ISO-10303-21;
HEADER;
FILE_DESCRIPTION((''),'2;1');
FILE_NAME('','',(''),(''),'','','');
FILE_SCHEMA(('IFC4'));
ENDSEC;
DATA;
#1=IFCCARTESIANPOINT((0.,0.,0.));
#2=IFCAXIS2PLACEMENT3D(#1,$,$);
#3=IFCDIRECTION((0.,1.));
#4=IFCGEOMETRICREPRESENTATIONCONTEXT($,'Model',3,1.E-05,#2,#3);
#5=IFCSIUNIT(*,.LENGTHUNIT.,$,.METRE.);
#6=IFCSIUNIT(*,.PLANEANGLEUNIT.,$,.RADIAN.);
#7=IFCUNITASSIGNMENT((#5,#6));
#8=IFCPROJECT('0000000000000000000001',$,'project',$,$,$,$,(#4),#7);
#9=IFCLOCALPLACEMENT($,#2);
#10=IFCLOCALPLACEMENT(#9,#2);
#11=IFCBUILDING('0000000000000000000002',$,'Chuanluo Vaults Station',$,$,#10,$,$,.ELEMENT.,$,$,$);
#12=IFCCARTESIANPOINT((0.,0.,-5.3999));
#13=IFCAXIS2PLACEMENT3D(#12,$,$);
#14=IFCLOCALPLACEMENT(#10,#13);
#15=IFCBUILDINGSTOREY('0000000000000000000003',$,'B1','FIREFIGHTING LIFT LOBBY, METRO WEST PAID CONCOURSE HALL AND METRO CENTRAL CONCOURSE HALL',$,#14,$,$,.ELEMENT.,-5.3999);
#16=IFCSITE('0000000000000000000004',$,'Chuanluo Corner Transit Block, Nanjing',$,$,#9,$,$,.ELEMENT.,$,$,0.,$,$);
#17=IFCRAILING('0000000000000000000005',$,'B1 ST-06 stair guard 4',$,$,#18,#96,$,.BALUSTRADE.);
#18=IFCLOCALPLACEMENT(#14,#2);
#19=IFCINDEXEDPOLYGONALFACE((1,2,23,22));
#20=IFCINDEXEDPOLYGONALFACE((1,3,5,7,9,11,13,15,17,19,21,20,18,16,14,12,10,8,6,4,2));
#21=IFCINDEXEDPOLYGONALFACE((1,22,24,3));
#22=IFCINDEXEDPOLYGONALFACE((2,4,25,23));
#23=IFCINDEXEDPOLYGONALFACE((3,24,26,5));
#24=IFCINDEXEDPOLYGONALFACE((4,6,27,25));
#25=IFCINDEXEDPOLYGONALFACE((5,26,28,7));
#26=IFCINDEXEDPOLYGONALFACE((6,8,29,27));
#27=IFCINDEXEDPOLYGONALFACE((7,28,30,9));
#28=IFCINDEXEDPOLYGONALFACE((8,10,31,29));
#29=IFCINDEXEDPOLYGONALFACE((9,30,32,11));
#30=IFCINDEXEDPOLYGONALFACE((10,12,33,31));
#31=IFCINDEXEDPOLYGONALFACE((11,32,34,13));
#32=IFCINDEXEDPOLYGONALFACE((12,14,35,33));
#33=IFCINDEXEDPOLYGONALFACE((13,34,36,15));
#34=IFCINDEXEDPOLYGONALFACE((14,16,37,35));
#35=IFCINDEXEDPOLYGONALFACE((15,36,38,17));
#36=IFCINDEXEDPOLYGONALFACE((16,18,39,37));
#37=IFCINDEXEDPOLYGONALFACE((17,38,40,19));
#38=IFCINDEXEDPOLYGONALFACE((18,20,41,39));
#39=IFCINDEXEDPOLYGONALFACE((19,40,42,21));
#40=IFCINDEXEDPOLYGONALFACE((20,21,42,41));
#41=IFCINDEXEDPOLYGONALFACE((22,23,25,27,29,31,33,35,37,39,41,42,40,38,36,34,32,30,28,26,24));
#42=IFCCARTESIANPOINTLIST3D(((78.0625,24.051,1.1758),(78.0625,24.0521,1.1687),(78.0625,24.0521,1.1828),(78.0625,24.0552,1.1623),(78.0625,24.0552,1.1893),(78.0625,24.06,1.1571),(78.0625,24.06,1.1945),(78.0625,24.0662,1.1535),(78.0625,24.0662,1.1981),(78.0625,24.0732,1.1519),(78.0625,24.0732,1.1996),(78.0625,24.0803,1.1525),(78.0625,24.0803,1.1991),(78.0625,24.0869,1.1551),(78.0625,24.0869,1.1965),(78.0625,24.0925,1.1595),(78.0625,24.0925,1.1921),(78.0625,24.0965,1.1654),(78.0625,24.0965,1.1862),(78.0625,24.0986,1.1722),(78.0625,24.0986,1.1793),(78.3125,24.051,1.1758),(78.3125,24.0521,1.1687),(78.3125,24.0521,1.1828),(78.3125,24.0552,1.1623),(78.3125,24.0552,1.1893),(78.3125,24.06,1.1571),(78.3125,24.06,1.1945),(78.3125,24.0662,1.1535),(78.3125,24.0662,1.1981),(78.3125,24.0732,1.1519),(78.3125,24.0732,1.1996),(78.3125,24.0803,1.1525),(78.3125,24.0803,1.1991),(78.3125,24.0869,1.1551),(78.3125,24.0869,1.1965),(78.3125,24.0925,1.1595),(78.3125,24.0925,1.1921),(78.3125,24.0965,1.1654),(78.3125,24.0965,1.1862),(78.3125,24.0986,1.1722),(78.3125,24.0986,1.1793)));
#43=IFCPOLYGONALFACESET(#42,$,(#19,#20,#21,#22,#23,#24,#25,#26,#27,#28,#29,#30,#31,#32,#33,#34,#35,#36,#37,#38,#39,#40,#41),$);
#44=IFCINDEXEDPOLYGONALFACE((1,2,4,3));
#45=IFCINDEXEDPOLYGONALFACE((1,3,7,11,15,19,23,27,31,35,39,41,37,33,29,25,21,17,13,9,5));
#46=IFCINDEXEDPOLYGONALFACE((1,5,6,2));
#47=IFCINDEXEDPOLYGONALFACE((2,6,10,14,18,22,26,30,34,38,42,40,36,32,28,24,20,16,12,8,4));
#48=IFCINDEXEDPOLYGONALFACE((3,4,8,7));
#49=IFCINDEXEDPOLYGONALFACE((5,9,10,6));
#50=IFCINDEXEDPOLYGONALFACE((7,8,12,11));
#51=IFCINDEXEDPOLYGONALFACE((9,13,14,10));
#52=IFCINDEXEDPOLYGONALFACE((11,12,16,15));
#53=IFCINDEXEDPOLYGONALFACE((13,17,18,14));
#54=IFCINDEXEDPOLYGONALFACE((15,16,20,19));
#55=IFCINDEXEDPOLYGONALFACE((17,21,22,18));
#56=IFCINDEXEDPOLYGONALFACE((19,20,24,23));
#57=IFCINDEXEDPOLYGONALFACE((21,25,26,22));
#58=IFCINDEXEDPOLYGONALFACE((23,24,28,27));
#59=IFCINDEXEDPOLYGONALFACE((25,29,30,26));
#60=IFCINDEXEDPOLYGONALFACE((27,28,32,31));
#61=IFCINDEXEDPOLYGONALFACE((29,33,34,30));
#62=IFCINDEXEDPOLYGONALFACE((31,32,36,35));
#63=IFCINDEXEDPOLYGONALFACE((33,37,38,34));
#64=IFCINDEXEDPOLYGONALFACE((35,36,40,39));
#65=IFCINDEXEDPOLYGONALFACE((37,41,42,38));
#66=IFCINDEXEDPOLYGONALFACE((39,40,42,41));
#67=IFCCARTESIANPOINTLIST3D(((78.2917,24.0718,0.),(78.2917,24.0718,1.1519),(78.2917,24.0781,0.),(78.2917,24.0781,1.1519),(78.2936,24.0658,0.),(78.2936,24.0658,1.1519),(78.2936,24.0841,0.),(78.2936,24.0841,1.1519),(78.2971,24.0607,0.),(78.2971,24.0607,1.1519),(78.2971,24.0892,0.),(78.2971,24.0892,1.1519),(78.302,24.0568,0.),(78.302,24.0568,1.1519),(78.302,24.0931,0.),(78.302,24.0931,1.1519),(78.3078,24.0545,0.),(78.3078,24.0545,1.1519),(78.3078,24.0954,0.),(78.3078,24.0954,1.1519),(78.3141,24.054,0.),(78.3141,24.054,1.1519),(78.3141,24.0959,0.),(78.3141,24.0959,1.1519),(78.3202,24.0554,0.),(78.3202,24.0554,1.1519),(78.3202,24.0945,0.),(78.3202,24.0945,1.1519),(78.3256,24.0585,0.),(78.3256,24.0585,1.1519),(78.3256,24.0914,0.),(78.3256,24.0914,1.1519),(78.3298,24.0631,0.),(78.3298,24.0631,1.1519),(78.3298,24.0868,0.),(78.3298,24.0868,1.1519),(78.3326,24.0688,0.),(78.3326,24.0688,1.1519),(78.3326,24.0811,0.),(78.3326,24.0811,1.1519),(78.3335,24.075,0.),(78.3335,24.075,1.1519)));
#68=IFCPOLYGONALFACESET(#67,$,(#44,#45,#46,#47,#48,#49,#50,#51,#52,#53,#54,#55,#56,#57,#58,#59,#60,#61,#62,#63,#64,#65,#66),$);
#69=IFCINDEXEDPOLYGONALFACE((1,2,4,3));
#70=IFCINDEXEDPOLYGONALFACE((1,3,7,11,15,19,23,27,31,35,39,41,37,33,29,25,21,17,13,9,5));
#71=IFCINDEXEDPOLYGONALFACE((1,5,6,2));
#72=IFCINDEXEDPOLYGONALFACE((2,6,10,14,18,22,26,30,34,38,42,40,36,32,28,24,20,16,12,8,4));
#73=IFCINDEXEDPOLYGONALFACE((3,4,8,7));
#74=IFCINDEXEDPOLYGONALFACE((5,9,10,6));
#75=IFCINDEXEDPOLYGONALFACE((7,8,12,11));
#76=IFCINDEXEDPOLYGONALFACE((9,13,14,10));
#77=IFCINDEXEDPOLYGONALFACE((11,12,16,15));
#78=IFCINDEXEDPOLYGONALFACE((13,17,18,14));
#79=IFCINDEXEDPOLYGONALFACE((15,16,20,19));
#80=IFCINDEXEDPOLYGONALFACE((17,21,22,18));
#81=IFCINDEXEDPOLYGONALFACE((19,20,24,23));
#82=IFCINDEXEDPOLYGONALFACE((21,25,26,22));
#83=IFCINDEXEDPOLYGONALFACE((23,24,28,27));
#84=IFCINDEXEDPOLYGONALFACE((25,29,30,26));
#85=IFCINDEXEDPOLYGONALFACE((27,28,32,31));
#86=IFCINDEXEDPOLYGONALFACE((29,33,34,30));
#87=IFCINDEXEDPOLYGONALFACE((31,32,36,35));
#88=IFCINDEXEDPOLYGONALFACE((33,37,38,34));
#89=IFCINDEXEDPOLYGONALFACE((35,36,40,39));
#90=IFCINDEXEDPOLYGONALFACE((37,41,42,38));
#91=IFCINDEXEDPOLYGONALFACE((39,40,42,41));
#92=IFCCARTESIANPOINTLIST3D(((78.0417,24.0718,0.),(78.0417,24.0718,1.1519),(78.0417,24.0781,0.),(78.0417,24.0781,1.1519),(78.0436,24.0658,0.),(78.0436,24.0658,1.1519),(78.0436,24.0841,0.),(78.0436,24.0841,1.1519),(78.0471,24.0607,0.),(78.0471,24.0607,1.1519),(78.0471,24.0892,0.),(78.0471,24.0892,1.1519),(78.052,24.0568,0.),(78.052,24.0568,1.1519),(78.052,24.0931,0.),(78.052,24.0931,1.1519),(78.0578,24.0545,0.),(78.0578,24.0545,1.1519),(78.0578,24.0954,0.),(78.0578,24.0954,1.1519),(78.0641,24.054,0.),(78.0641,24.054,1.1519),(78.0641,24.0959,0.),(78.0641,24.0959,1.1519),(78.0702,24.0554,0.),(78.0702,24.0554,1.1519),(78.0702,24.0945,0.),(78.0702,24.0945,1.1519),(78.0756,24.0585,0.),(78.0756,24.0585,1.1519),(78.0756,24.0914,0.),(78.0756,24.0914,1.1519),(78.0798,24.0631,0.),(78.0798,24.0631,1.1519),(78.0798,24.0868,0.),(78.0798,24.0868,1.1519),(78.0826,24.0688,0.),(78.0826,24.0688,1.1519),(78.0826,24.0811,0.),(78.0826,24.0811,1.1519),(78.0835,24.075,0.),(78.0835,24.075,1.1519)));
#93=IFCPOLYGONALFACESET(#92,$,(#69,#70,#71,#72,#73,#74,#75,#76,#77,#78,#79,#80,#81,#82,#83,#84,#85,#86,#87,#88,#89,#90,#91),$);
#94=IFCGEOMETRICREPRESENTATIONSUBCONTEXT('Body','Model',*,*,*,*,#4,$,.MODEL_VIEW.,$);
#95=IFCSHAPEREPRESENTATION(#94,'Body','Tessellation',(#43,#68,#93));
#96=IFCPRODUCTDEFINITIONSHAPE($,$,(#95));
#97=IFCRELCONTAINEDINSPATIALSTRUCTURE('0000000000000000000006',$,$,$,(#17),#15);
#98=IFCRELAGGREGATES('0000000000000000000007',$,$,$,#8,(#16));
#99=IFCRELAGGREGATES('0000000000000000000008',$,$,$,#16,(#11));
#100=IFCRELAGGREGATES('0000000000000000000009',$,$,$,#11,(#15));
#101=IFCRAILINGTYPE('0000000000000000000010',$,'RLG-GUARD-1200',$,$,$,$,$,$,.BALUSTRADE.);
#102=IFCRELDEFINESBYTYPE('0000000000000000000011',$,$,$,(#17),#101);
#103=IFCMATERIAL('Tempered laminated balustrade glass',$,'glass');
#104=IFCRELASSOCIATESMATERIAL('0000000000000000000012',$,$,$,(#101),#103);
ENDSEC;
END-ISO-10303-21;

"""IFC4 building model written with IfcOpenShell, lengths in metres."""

from ifc_helpers import new_model, si_unit, direction, frame, origin, origin_2d, place, context, subcontext, project, spatial, circle, extrude, material, type_object, element, save


model = new_model("IFC4")

# Units and contexts
model_context = context("Model", 3, precision=1e-05, world=origin(), true_north=direction((0.0, 1.0)))
body_context = subcontext(model_context, "Body", "Model", "MODEL_VIEW")
ifc_project = project(units=[si_unit("LENGTHUNIT", "METRE"), si_unit("PLANEANGLEUNIT", "RADIAN")], contexts=[model_context])

# Site, building, storey
site_placement = place(None, origin())
site = spatial("IfcSite", under=ifc_project, at=site_placement, Name="Chuanluo Corner Transit Block, Nanjing", CompositionType="ELEMENT", RefElevation=0.0)
building_placement = place(site_placement, origin())
building = spatial("IfcBuilding", under=site, at=building_placement, Name="Chuanluo Vaults Station", CompositionType="ELEMENT")
storey_placement = place(building_placement, frame((0.0, 0.0, -5.3999)))
storey = spatial("IfcBuildingStorey", under=building, at=storey_placement, Name="B1", Description="FIREFIGHTING LIFT LOBBY, METRO WEST PAID CONCOURSE HALL AND METRO CENTRAL CONCOURSE HALL", CompositionType="ELEMENT", Elevation=-5.3999)

# Railing
ifc_material_1 = material(Name="Tempered laminated balustrade glass", Category="glass")
railing_type_1 = type_object("IfcRailingType", Name="RLG-GUARD-1200", PredefinedType="BALUSTRADE", material=ifc_material_1)
railing_1_placement = place(storey_placement, frame((78.3125, 24.075, 0.0)))
element("IfcRailing", 1, at=railing_1_placement, inside=storey, type_object=railing_type_1, Name="B1 ST-06 stair guard 4", PredefinedType="BALUSTRADE", context=body_context, shape_type="SweptSolid", body=[
    extrude(circle(Radius=0.0239, at=origin_2d()), frame((0.0, 0.0, 1.1758), z_axis=(-1.0, 0.0, 0.0), x_axis=(0.0, -1.0, 0.0)), (0.0, 0.0, 1.0), 0.25),
    extrude(circle(Radius=0.021, at=origin_2d()), origin(), (0.0, 0.0, 1.0), 1.1519),
    extrude(circle(Radius=0.021, at=origin_2d()), frame((-0.25, 0.0, 0.0)), (0.0, 0.0, 1.0), 1.1519),
])

save(model, "model.ifc")
